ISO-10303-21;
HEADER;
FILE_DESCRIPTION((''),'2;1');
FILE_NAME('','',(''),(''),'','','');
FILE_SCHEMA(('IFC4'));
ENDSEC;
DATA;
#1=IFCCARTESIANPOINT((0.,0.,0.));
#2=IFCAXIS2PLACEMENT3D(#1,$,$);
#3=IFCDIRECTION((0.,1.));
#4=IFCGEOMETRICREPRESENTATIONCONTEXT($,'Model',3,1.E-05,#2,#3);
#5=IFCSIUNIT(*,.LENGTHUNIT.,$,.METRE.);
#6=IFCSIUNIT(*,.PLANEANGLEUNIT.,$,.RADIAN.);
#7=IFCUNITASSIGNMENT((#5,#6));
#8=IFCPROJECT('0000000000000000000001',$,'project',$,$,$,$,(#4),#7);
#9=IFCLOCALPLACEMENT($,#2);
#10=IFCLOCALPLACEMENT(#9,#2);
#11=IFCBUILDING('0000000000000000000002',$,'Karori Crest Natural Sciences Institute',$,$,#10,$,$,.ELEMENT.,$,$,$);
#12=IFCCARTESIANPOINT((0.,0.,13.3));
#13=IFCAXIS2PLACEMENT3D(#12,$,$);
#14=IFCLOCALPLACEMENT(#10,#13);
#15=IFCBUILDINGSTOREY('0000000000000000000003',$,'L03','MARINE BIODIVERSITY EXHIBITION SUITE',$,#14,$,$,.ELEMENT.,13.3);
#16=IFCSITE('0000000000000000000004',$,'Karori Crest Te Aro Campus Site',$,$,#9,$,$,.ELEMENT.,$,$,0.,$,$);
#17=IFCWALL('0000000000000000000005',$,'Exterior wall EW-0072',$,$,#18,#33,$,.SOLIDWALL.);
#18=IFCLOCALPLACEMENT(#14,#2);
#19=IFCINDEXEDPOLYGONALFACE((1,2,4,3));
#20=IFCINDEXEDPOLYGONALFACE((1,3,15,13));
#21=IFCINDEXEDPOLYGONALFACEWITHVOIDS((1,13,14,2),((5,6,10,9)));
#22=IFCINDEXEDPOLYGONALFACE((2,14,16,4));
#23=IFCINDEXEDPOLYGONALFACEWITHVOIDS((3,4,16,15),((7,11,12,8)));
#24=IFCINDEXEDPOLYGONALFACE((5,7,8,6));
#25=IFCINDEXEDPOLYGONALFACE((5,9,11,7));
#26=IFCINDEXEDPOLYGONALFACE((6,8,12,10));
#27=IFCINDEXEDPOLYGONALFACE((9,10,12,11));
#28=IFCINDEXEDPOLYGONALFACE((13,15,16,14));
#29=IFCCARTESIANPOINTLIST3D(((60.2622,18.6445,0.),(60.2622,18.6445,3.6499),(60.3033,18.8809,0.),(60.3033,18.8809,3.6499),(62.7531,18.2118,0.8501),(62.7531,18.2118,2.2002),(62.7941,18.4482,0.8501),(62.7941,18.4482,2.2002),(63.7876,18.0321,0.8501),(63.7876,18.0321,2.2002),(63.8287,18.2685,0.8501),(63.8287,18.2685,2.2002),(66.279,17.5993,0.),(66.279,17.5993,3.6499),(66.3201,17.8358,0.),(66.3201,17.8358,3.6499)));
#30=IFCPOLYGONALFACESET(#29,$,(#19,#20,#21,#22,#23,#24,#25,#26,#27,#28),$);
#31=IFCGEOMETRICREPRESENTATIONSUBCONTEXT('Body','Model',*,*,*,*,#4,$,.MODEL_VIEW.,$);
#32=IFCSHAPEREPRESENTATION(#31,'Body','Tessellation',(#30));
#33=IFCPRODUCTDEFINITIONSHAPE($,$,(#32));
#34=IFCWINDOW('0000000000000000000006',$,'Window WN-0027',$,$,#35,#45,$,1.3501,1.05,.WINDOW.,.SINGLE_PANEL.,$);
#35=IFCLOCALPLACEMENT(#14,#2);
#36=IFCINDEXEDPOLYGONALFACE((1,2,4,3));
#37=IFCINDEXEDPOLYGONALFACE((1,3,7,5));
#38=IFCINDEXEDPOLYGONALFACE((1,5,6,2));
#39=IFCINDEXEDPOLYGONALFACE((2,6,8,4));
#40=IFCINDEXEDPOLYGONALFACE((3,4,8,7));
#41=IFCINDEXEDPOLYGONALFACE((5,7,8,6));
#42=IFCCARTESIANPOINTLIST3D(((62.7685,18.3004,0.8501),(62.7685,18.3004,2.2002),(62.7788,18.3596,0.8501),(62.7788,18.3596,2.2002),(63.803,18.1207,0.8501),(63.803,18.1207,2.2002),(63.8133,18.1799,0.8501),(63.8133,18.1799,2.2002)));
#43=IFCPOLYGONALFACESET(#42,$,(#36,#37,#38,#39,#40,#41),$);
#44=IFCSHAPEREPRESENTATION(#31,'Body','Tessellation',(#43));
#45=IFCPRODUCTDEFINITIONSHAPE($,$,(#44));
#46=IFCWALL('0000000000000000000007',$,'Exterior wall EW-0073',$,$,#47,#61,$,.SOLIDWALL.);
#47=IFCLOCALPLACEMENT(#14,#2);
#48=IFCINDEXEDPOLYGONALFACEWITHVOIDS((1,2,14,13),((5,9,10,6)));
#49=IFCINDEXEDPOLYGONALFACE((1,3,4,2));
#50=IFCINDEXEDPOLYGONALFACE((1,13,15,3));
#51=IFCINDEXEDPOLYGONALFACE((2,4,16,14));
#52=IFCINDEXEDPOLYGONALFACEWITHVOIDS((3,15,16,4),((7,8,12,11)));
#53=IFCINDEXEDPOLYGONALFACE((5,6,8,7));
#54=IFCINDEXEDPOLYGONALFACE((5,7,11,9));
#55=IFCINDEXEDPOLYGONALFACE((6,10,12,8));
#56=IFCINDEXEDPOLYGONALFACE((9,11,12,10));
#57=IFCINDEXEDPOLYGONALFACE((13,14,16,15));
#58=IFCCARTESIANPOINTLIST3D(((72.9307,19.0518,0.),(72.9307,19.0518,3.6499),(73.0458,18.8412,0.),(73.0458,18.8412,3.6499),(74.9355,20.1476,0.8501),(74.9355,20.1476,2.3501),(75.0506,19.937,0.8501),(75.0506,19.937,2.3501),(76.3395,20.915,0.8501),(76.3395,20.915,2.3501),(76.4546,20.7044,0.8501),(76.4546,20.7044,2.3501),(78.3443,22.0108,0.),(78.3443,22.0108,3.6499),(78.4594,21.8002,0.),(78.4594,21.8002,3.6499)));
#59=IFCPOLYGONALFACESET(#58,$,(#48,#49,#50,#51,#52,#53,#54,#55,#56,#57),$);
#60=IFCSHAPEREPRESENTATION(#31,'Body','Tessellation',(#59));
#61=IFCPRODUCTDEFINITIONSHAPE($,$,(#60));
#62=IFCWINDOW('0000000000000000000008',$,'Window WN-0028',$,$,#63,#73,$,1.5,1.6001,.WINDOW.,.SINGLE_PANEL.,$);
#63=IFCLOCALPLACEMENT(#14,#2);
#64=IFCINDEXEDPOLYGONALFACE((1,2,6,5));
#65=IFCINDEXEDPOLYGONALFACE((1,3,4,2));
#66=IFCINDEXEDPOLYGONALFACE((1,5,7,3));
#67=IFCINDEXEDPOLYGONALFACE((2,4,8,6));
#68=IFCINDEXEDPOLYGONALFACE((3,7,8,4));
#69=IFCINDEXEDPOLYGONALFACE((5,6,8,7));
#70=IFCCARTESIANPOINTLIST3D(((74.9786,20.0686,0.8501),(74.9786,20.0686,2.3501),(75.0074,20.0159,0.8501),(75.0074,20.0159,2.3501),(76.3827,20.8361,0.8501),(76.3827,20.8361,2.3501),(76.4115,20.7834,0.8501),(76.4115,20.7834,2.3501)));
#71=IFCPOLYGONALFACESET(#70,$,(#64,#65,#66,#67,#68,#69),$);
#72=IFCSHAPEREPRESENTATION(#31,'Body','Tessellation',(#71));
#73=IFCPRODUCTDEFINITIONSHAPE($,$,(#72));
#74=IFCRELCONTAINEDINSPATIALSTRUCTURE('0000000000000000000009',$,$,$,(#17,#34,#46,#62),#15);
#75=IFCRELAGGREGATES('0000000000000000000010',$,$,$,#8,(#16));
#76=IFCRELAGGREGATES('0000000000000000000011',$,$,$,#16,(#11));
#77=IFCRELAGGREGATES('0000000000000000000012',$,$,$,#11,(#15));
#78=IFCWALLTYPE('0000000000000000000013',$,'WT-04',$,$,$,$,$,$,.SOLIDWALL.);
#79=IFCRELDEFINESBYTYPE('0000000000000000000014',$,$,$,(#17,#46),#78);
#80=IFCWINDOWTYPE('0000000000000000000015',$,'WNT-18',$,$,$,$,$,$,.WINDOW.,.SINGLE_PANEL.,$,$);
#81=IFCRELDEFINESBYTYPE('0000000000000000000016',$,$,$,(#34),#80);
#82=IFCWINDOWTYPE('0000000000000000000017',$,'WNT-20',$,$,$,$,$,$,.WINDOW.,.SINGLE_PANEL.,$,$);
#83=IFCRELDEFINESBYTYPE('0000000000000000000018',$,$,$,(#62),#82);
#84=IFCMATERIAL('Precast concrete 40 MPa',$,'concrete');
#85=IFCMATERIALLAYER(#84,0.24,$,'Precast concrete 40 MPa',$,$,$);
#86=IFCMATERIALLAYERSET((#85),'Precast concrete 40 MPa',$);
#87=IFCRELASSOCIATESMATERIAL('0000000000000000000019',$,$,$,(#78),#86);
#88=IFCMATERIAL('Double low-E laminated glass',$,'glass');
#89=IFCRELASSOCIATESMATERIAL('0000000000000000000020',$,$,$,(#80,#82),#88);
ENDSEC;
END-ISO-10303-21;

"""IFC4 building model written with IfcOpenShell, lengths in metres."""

from ifc_helpers import new_model, si_unit, direction, frame, frame_2d, origin, place, context, subcontext, project, spatial, rectangle, extrude, material, layer, layer_set, type_object, element, fill, save


model = new_model("IFC4")

# Units and contexts
model_context = context("Model", 3, precision=1e-05, world=origin(), true_north=direction((0.0, 1.0)))
body_context = subcontext(model_context, "Body", "Model", "MODEL_VIEW")
ifc_project = project(units=[si_unit("LENGTHUNIT", "METRE"), si_unit("PLANEANGLEUNIT", "RADIAN")], contexts=[model_context])

# Site, building, storey
site_placement = place(None, origin())
site = spatial("IfcSite", under=ifc_project, at=site_placement, Name="Karori Crest Te Aro Campus Site", CompositionType="ELEMENT", RefElevation=0.0)
building_placement = place(site_placement, origin())
building = spatial("IfcBuilding", under=site, at=building_placement, Name="Karori Crest Natural Sciences Institute", CompositionType="ELEMENT")
storey_placement = place(building_placement, frame((0.0, 0.0, 13.3)))
storey = spatial("IfcBuildingStorey", under=building, at=storey_placement, Name="L03", Description="MARINE BIODIVERSITY EXHIBITION SUITE", CompositionType="ELEMENT", Elevation=13.3)

# Shared definitions
ifc_material_1 = material(Name="Double low-E laminated glass", Category="glass")

# Walls, openings, windows
ifc_material_2 = material(Name="Precast concrete 40 MPa", Category="concrete")
ifc_layer_1 = layer(ifc_material_2, 0.24, Name="Precast concrete 40 MPa")
ifc_layer_set_1 = layer_set([ifc_layer_1], Name="Precast concrete 40 MPa")
wall_type = type_object("IfcWallType", Name="WT-04", PredefinedType="SOLIDWALL", material=ifc_layer_set_1)
wall_1_placement = place(storey_placement, frame((60.2827, 18.7627, 0.0), z_axis=(0.0, 0.0, 1.0), x_axis=(0.985246, -0.171144, 0.0)))
wall_1 = element("IfcWall", 1, at=wall_1_placement, inside=storey, type_object=wall_type, Name="Exterior wall EW-0072", PredefinedType="SOLIDWALL", context=body_context, shape_type="SweptSolid", body=[
    extrude(rectangle(XDim=6.1069, YDim=0.24, at=frame_2d((3.0535, 0.0))), origin(), (0.0, 0.0, 1.0), 3.6499),
])
opening_1_placement = place(wall_1_placement, frame((2.5283, 0.0, 0.8501)))
opening_1 = element("IfcOpeningElement", 2, at=opening_1_placement, cuts=wall_1, PredefinedType="OPENING", context=body_context, shape_type="SweptSolid", body=[
    extrude(rectangle(XDim=1.05, YDim=1.3501, at=frame_2d((0.5249, 0.675))), frame((0.0, 0.1299, 0.0), z_axis=(0.0, -1.0, 0.0), x_axis=(1.0, 0.0, 0.0)), (0.0, 0.0, 1.0), 0.26),
])
window_type_1 = type_object("IfcWindowType", Name="WNT-18", PartitioningType="SINGLE_PANEL", PredefinedType="WINDOW", material=ifc_material_1)
window_1_placement = place(opening_1_placement, origin())
window_1 = element("IfcWindow", 3, at=window_1_placement, inside=storey, type_object=window_type_1, Name="Window WN-0027", OverallHeight=1.3501, OverallWidth=1.05, PartitioningType="SINGLE_PANEL", PredefinedType="WINDOW", context=body_context, shape_type="SweptSolid", body=[
    extrude(rectangle(XDim=1.05, YDim=1.3501, at=frame_2d((0.5249, 0.675))), frame((0.0, 0.03, 0.0), z_axis=(0.0, -1.0, 0.0), x_axis=(1.0, 0.0, 0.0)), (0.0, 0.0, 1.0), 0.0601),
])
fill(opening_1, window_1)
wall_2_placement = place(storey_placement, frame((72.9883, 18.9465, 0.0), z_axis=(0.0, 0.0, 1.0), x_axis=(0.877478, 0.479617, 0.0)))
wall_2 = element("IfcWall", 4, at=wall_2_placement, inside=storey, type_object=wall_type, Name="Exterior wall EW-0073", PredefinedType="SOLIDWALL", context=body_context, shape_type="SweptSolid", body=[
    extrude(rectangle(XDim=6.1694, YDim=0.24, at=frame_2d((3.0847, 0.0))), origin(), (0.0, 0.0, 1.0), 3.6499),
])
opening_2_placement = place(wall_2_placement, frame((2.2847, 0.0, 0.8501)))
opening_2 = element("IfcOpeningElement", 5, at=opening_2_placement, cuts=wall_2, PredefinedType="OPENING", context=body_context, shape_type="SweptSolid", body=[
    extrude(rectangle(XDim=1.6001, YDim=1.5, at=frame_2d((0.8, 0.75))), frame((0.0, 0.1299, 0.0), z_axis=(0.0, -1.0, 0.0), x_axis=(1.0, 0.0, 0.0)), (0.0, 0.0, 1.0), 0.26),
])
window_type_2 = type_object("IfcWindowType", Name="WNT-20", PartitioningType="SINGLE_PANEL", PredefinedType="WINDOW", material=ifc_material_1)
window_2_placement = place(opening_2_placement, origin())
window_2 = element("IfcWindow", 6, at=window_2_placement, inside=storey, type_object=window_type_2, Name="Window WN-0028", OverallHeight=1.5, OverallWidth=1.6001, PartitioningType="SINGLE_PANEL", PredefinedType="WINDOW", context=body_context, shape_type="SweptSolid", body=[
    extrude(rectangle(XDim=1.6001, YDim=1.5, at=frame_2d((0.8, 0.75))), frame((0.0, 0.03, 0.0), z_axis=(0.0, -1.0, 0.0), x_axis=(1.0, 0.0, 0.0)), (0.0, 0.0, 1.0), 0.0601),
])
fill(opening_2, window_2)

save(model, "model.ifc")
